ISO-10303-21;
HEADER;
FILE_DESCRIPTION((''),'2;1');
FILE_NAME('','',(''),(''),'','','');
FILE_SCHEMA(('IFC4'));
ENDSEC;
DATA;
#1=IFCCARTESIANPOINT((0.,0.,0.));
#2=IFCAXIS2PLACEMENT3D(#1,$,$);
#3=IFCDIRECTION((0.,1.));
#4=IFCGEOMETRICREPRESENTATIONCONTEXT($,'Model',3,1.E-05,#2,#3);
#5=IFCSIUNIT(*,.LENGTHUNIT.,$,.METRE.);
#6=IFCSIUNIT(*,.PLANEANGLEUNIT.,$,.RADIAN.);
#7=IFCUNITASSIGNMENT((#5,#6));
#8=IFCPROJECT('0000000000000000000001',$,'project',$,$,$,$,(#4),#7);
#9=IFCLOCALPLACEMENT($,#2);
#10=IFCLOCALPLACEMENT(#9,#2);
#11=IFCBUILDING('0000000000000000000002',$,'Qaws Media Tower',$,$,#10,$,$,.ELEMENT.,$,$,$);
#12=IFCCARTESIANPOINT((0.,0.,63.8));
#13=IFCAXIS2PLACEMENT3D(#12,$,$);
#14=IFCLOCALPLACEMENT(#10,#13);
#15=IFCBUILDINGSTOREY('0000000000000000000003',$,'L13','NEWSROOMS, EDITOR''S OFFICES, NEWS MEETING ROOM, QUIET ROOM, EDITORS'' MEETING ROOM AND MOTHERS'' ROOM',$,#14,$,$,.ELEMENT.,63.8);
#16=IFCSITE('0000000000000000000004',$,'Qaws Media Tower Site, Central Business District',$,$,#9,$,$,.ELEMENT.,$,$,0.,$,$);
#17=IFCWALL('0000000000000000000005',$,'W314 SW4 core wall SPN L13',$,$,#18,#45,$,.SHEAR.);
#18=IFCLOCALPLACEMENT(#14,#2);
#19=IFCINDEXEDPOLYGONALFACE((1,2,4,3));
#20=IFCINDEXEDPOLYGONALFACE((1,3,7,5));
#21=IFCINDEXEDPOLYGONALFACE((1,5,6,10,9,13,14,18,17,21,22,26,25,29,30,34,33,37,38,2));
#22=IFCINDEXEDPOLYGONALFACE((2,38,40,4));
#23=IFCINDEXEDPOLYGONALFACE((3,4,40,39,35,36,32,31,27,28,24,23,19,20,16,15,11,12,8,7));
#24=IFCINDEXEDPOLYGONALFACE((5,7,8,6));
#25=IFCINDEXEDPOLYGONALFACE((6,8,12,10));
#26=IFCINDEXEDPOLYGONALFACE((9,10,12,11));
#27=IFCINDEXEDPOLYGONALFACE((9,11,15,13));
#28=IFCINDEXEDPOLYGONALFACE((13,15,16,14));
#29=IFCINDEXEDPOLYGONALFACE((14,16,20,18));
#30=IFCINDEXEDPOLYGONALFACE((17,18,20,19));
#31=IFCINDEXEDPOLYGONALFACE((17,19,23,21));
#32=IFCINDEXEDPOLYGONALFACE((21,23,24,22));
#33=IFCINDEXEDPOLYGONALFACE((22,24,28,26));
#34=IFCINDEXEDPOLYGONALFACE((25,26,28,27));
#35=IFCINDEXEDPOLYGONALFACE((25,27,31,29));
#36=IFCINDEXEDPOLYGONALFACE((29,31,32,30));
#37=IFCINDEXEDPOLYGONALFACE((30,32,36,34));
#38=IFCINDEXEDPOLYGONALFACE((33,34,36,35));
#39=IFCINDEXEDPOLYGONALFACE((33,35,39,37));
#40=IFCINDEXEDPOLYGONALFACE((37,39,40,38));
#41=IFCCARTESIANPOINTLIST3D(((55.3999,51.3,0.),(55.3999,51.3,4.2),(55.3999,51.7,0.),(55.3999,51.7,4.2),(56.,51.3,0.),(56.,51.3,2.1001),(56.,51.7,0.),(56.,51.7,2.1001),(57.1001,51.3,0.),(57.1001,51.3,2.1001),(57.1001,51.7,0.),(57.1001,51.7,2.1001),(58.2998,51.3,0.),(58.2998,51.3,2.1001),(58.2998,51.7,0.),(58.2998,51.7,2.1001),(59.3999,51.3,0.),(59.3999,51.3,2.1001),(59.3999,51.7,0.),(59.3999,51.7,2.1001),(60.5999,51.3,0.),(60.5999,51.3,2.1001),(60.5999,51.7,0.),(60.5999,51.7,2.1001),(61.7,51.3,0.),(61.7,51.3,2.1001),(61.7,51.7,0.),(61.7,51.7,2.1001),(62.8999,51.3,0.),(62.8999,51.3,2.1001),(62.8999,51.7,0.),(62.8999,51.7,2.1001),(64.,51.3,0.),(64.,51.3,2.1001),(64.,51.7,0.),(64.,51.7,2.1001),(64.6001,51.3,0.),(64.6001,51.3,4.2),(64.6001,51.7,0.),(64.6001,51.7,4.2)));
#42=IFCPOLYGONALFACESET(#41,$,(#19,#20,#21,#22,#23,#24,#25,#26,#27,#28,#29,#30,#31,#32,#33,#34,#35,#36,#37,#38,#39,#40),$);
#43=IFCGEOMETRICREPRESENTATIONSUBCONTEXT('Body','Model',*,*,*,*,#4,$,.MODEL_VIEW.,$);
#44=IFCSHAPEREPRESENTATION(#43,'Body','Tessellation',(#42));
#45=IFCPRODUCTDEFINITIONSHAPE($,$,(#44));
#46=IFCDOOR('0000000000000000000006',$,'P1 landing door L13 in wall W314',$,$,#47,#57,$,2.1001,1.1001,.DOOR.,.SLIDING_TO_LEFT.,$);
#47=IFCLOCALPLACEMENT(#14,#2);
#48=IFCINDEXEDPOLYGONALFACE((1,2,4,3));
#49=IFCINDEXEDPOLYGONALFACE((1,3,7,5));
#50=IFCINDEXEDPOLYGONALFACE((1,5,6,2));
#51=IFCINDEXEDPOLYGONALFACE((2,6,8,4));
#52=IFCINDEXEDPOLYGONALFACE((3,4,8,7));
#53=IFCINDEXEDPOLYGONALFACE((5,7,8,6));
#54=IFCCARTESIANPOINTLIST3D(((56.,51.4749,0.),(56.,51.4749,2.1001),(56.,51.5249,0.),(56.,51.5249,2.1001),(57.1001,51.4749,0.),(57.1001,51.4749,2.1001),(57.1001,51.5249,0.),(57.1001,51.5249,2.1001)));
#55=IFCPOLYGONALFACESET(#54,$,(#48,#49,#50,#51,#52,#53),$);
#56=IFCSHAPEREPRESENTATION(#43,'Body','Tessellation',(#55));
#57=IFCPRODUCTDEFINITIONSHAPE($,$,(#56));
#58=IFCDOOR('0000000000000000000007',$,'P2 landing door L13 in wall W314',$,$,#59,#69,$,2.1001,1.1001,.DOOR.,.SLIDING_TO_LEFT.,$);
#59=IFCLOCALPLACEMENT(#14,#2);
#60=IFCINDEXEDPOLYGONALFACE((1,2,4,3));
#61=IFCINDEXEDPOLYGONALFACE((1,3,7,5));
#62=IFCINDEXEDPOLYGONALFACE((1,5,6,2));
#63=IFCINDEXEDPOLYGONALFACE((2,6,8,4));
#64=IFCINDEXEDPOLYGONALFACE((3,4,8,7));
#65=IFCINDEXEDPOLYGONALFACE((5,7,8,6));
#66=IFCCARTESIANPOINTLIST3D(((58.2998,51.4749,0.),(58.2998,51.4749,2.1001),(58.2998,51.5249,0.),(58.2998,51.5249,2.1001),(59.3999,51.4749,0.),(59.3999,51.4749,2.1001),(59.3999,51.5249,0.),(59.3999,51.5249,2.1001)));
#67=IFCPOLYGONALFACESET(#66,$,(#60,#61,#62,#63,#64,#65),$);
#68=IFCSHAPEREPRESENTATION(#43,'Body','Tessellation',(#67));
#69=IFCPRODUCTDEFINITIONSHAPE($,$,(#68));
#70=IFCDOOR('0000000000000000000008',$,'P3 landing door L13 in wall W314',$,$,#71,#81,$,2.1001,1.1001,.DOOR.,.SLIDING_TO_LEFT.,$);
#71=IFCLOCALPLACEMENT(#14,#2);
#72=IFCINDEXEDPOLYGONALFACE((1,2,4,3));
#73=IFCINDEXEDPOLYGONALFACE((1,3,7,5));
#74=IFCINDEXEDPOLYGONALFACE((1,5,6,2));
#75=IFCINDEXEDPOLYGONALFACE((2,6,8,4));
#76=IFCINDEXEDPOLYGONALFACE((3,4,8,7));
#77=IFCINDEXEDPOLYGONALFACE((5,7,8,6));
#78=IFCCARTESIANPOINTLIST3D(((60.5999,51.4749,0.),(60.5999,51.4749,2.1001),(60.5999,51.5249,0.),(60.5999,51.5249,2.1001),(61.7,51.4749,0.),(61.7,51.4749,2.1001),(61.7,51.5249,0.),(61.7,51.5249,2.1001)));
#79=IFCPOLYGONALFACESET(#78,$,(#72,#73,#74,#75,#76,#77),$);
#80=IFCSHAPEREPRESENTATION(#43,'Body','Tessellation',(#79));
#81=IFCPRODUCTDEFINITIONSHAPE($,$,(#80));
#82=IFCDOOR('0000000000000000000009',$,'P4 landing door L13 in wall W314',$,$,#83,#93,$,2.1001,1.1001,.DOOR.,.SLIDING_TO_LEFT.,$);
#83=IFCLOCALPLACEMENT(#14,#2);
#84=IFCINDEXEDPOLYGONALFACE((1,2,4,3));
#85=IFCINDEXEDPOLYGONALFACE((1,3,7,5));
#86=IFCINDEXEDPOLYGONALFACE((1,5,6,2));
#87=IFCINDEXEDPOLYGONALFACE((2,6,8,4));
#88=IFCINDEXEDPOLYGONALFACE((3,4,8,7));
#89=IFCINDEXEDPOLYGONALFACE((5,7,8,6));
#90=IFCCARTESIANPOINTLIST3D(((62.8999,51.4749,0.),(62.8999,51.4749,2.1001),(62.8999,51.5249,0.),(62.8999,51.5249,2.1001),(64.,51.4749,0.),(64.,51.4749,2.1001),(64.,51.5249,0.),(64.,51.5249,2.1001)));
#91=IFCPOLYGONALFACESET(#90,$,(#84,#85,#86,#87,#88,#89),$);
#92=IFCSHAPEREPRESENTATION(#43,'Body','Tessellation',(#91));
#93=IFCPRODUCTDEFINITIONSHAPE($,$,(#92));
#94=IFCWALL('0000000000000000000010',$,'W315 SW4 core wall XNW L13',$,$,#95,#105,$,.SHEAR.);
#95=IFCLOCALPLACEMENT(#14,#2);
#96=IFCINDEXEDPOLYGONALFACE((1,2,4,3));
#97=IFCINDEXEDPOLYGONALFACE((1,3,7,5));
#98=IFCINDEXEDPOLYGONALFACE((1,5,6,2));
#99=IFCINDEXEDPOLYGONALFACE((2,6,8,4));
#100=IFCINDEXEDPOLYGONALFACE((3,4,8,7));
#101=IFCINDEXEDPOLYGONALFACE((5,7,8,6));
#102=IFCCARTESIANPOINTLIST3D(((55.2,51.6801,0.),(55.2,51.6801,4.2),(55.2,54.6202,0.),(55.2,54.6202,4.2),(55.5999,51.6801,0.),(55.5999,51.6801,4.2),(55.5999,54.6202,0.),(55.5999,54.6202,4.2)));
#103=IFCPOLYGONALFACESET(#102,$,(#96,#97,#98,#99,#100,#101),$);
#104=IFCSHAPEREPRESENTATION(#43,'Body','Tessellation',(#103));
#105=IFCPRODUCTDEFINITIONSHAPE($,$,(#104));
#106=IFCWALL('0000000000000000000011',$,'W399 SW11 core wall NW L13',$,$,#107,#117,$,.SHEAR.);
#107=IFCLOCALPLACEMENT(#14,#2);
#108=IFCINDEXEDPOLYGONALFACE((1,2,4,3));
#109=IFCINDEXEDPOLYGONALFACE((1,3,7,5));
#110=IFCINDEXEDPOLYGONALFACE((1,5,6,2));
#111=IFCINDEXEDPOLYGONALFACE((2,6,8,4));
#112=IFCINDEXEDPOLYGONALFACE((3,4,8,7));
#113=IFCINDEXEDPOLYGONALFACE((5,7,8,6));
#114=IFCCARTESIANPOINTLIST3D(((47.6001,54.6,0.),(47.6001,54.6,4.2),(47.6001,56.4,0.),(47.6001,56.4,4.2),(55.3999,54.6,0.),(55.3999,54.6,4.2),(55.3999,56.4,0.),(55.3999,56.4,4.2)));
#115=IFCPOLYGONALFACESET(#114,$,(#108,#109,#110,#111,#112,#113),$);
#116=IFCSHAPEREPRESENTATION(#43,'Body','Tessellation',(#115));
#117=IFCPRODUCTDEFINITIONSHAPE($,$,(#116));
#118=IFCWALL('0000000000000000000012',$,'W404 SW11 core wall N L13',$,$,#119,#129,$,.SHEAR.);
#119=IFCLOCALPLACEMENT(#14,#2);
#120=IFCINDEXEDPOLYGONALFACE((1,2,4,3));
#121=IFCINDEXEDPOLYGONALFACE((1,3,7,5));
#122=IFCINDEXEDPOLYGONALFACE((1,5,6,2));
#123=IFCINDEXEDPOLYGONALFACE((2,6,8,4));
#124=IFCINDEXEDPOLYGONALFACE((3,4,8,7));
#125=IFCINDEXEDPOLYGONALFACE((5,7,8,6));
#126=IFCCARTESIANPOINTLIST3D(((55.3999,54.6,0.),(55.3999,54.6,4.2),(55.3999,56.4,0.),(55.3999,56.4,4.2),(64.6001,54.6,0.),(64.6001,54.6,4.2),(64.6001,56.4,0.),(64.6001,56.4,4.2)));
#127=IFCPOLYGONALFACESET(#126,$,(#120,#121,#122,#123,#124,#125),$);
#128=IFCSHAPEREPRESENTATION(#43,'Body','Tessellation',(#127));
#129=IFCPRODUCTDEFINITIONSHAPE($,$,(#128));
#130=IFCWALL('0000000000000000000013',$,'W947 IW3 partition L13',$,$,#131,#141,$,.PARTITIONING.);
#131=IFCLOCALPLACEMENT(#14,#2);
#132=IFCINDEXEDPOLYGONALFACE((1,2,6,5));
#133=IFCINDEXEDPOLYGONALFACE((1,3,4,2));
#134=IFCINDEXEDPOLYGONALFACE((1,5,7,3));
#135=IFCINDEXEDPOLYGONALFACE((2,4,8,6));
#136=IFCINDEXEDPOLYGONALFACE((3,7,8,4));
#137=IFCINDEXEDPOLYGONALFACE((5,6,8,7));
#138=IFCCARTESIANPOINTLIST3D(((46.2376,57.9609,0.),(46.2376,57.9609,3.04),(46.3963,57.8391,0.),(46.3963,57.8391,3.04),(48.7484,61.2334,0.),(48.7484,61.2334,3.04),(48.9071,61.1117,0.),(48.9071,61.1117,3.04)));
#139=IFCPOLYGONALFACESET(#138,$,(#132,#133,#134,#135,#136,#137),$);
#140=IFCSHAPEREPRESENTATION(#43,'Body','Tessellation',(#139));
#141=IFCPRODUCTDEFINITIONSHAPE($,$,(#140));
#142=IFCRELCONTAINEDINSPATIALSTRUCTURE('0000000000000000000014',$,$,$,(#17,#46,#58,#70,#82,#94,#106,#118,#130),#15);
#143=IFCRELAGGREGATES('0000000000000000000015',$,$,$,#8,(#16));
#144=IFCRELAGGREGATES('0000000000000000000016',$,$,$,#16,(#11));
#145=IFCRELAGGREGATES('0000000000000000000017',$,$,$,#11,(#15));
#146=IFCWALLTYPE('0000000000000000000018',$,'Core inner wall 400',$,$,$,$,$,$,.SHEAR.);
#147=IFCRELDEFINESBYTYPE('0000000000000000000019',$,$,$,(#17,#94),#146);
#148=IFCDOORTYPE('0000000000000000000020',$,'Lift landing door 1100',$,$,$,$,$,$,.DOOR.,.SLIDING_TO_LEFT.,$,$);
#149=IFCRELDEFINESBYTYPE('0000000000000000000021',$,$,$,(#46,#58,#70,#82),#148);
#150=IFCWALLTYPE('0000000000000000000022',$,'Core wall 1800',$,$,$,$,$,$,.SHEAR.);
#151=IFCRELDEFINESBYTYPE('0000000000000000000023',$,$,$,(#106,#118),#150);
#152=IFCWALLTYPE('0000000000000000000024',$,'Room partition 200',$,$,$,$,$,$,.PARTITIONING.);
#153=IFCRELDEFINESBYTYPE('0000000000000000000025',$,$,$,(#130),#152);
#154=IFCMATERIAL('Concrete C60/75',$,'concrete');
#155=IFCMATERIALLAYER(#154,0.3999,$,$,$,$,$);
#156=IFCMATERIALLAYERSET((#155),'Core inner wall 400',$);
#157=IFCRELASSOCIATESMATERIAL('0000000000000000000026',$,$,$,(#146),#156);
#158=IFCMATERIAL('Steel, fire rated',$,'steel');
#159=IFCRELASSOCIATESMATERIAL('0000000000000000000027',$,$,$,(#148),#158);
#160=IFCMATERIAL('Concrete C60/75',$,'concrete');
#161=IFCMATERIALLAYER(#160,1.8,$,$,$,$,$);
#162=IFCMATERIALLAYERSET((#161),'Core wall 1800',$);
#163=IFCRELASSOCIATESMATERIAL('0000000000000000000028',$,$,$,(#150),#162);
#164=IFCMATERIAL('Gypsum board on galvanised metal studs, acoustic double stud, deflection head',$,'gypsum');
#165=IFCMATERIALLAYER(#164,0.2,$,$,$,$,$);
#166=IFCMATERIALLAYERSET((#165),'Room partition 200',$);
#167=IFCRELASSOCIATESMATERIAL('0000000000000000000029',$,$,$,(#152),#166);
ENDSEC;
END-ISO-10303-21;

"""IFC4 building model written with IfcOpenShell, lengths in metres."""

from ifc_helpers import new_model, si_unit, direction, frame, frame_2d, origin, place, context, subcontext, project, spatial, rectangle, extrude, material, layer, layer_set, type_object, element, fill, save


model = new_model("IFC4")

# Units and contexts
model_context = context("Model", 3, precision=1e-05, world=origin(), true_north=direction((0.0, 1.0)))
body_context = subcontext(model_context, "Body", "Model", "MODEL_VIEW")
ifc_project = project(units=[si_unit("LENGTHUNIT", "METRE"), si_unit("PLANEANGLEUNIT", "RADIAN")], contexts=[model_context])

# Site, building, storey
site_placement = place(None, origin())
site = spatial("IfcSite", under=ifc_project, at=site_placement, Name="Qaws Media Tower Site, Central Business District", CompositionType="ELEMENT", RefElevation=0.0)
building_placement = place(site_placement, origin())
building = spatial("IfcBuilding", under=site, at=building_placement, Name="Qaws Media Tower", CompositionType="ELEMENT")
storey_placement = place(building_placement, frame((0.0, 0.0, 63.8)))
storey = spatial("IfcBuildingStorey", under=building, at=storey_placement, Name="L13", Description="NEWSROOMS, EDITOR'S OFFICES, NEWS MEETING ROOM, QUIET ROOM, EDITORS' MEETING ROOM AND MOTHERS' ROOM", CompositionType="ELEMENT", Elevation=63.8)

# Wall, openings, doors
ifc_material_1 = material(Name="Concrete C60/75", Category="concrete")
ifc_layer_1 = layer(ifc_material_1, 0.3999)
ifc_layer_set_1 = layer_set([ifc_layer_1], Name="Core inner wall 400")
wall_type_1 = type_object("IfcWallType", Name="Core inner wall 400", PredefinedType="SHEAR", material=ifc_layer_set_1)
wall_1_placement = place(storey_placement, frame((55.3999, 51.5, 0.0), z_axis=(0.0, 0.0, 1.0), x_axis=(1.0, 0.0, 0.0)))
wall_1 = element("IfcWall", 1, at=wall_1_placement, inside=storey, type_object=wall_type_1, Name="W314 SW4 core wall SPN L13", PredefinedType="SHEAR", context=body_context, shape_type="SweptSolid", body=[
    extrude(rectangle(XDim=9.2002, YDim=0.3999, at=frame_2d((4.6001, 0.0))), origin(), (0.0, 0.0, 1.0), 4.2),
])
opening_1_placement = place(wall_1_placement, frame((0.6001, 0.0, 0.0)))
opening_1 = element("IfcOpeningElement", 2, at=opening_1_placement, cuts=wall_1, PredefinedType="OPENING", context=body_context, shape_type="SweptSolid", body=[
    extrude(rectangle(XDim=1.1001, YDim=2.1001, at=frame_2d((0.55, 1.05))), frame((0.0, 0.21, 0.0), z_axis=(0.0, -1.0, 0.0), x_axis=(1.0, 0.0, 0.0)), (0.0, 0.0, 1.0), 0.4199),
])
opening_2_placement = place(wall_1_placement, frame((2.8999, 0.0, 0.0)))
opening_2 = element("IfcOpeningElement", 3, at=opening_2_placement, cuts=wall_1, PredefinedType="OPENING", context=body_context, shape_type="SweptSolid", body=[
    extrude(rectangle(XDim=1.1001, YDim=2.1001, at=frame_2d((0.55, 1.05))), frame((0.0, 0.21, 0.0), z_axis=(0.0, -1.0, 0.0), x_axis=(1.0, 0.0, 0.0)), (0.0, 0.0, 1.0), 0.4199),
])
opening_3_placement = place(wall_1_placement, frame((5.2, 0.0, 0.0)))
opening_3 = element("IfcOpeningElement", 4, at=opening_3_placement, cuts=wall_1, PredefinedType="OPENING", context=body_context, shape_type="SweptSolid", body=[
    extrude(rectangle(XDim=1.1001, YDim=2.1001, at=frame_2d((0.55, 1.05))), frame((0.0, 0.21, 0.0), z_axis=(0.0, -1.0, 0.0), x_axis=(1.0, 0.0, 0.0)), (0.0, 0.0, 1.0), 0.4199),
])
opening_4_placement = place(wall_1_placement, frame((7.5, 0.0, 0.0)))
opening_4 = element("IfcOpeningElement", 5, at=opening_4_placement, cuts=wall_1, PredefinedType="OPENING", context=body_context, shape_type="SweptSolid", body=[
    extrude(rectangle(XDim=1.1001, YDim=2.1001, at=frame_2d((0.55, 1.05))), frame((0.0, 0.21, 0.0), z_axis=(0.0, -1.0, 0.0), x_axis=(1.0, 0.0, 0.0)), (0.0, 0.0, 1.0), 0.4199),
])
ifc_material_2 = material(Name="Steel, fire rated", Category="steel")
door_type = type_object("IfcDoorType", Name="Lift landing door 1100", OperationType="SLIDING_TO_LEFT", PredefinedType="DOOR", material=ifc_material_2)
door_1_placement = place(opening_1_placement, origin())
door_1 = element("IfcDoor", 6, at=door_1_placement, inside=storey, type_object=door_type, Name="P1 landing door L13 in wall W314", OperationType="SLIDING_TO_LEFT", OverallHeight=2.1001, OverallWidth=1.1001, PredefinedType="DOOR", context=body_context, shape_type="SweptSolid", body=[
    extrude(rectangle(XDim=1.1001, YDim=2.1001, at=frame_2d((0.55, 1.05))), frame((0.0, 0.0249, 0.0), z_axis=(0.0, -1.0, 0.0), x_axis=(1.0, 0.0, 0.0)), (0.0, 0.0, 1.0), 0.05),
])
fill(opening_1, door_1)
door_2_placement = place(opening_2_placement, origin())
door_2 = element("IfcDoor", 7, at=door_2_placement, inside=storey, type_object=door_type, Name="P2 landing door L13 in wall W314", OperationType="SLIDING_TO_LEFT", OverallHeight=2.1001, OverallWidth=1.1001, PredefinedType="DOOR", context=body_context, shape_type="SweptSolid", body=[
    extrude(rectangle(XDim=1.1001, YDim=2.1001, at=frame_2d((0.55, 1.05))), frame((0.0, 0.0249, 0.0), z_axis=(0.0, -1.0, 0.0), x_axis=(1.0, 0.0, 0.0)), (0.0, 0.0, 1.0), 0.05),
])
fill(opening_2, door_2)
door_3_placement = place(opening_3_placement, origin())
door_3 = element("IfcDoor", 8, at=door_3_placement, inside=storey, type_object=door_type, Name="P3 landing door L13 in wall W314", OperationType="SLIDING_TO_LEFT", OverallHeight=2.1001, OverallWidth=1.1001, PredefinedType="DOOR", context=body_context, shape_type="SweptSolid", body=[
    extrude(rectangle(XDim=1.1001, YDim=2.1001, at=frame_2d((0.55, 1.05))), frame((0.0, 0.0249, 0.0), z_axis=(0.0, -1.0, 0.0), x_axis=(1.0, 0.0, 0.0)), (0.0, 0.0, 1.0), 0.05),
])
fill(opening_3, door_3)
door_4_placement = place(opening_4_placement, origin())
door_4 = element("IfcDoor", 9, at=door_4_placement, inside=storey, type_object=door_type, Name="P4 landing door L13 in wall W314", OperationType="SLIDING_TO_LEFT", OverallHeight=2.1001, OverallWidth=1.1001, PredefinedType="DOOR", context=body_context, shape_type="SweptSolid", body=[
    extrude(rectangle(XDim=1.1001, YDim=2.1001, at=frame_2d((0.55, 1.05))), frame((0.0, 0.0249, 0.0), z_axis=(0.0, -1.0, 0.0), x_axis=(1.0, 0.0, 0.0)), (0.0, 0.0, 1.0), 0.05),
])
fill(opening_4, door_4)

# Walls
wall_2_placement = place(storey_placement, frame((55.3999, 51.6799, 0.0), z_axis=(0.0, 0.0, 1.0), x_axis=(0.0, 1.0, 0.0)))
element("IfcWall", 10, at=wall_2_placement, inside=storey, type_object=wall_type_1, Name="W315 SW4 core wall XNW L13", PredefinedType="SHEAR", context=body_context, shape_type="SweptSolid", body=[
    extrude(rectangle(XDim=2.9402, YDim=0.3999, at=frame_2d((1.4702, 0.0))), origin(), (0.0, 0.0, 1.0), 4.2),
])
ifc_material_3 = material(Name="Concrete C60/75", Category="concrete")
ifc_layer_2 = layer(ifc_material_3, 1.8)
ifc_layer_set_2 = layer_set([ifc_layer_2], Name="Core wall 1800")
wall_type_2 = type_object("IfcWallType", Name="Core wall 1800", PredefinedType="SHEAR", material=ifc_layer_set_2)
wall_3_placement = place(storey_placement, frame((47.6001, 55.5, 0.0), z_axis=(0.0, 0.0, 1.0), x_axis=(1.0, 0.0, 0.0)))
element("IfcWall", 11, at=wall_3_placement, inside=storey, type_object=wall_type_2, Name="W399 SW11 core wall NW L13", PredefinedType="SHEAR", context=body_context, shape_type="SweptSolid", body=[
    extrude(rectangle(XDim=7.7998, YDim=1.8, at=frame_2d((3.8999, 0.0))), origin(), (0.0, 0.0, 1.0), 4.2),
])
wall_4_placement = place(storey_placement, frame((55.3999, 55.5, 0.0), z_axis=(0.0, 0.0, 1.0), x_axis=(1.0, 0.0, 0.0)))
element("IfcWall", 12, at=wall_4_placement, inside=storey, type_object=wall_type_2, Name="W404 SW11 core wall N L13", PredefinedType="SHEAR", context=body_context, shape_type="SweptSolid", body=[
    extrude(rectangle(XDim=9.2002, YDim=1.8, at=frame_2d((4.6001, 0.0))), origin(), (0.0, 0.0, 1.0), 4.2),
])
ifc_material_4 = material(Name="Gypsum board on galvanised metal studs, acoustic double stud, deflection head", Category="gypsum")
ifc_layer_3 = layer(ifc_material_4, 0.2)
ifc_layer_set_3 = layer_set([ifc_layer_3], Name="Room partition 200")
wall_type_3 = type_object("IfcWallType", Name="Room partition 200", PredefinedType="PARTITIONING", material=ifc_layer_set_3)
wall_5_placement = place(storey_placement, frame((46.3169, 57.8999, 0.0), z_axis=(0.0, 0.0, 1.0), x_axis=(0.608715, 0.793389, 0.0)))
element("IfcWall", 13, at=wall_5_placement, inside=storey, type_object=wall_type_3, Name="W947 IW3 partition L13", PredefinedType="PARTITIONING", context=body_context, shape_type="SweptSolid", body=[
    extrude(rectangle(XDim=4.1248, YDim=0.2, at=frame_2d((2.0625, 0.0))), origin(), (0.0, 0.0, 1.0), 3.04),
])

save(model, "model.ifc")
